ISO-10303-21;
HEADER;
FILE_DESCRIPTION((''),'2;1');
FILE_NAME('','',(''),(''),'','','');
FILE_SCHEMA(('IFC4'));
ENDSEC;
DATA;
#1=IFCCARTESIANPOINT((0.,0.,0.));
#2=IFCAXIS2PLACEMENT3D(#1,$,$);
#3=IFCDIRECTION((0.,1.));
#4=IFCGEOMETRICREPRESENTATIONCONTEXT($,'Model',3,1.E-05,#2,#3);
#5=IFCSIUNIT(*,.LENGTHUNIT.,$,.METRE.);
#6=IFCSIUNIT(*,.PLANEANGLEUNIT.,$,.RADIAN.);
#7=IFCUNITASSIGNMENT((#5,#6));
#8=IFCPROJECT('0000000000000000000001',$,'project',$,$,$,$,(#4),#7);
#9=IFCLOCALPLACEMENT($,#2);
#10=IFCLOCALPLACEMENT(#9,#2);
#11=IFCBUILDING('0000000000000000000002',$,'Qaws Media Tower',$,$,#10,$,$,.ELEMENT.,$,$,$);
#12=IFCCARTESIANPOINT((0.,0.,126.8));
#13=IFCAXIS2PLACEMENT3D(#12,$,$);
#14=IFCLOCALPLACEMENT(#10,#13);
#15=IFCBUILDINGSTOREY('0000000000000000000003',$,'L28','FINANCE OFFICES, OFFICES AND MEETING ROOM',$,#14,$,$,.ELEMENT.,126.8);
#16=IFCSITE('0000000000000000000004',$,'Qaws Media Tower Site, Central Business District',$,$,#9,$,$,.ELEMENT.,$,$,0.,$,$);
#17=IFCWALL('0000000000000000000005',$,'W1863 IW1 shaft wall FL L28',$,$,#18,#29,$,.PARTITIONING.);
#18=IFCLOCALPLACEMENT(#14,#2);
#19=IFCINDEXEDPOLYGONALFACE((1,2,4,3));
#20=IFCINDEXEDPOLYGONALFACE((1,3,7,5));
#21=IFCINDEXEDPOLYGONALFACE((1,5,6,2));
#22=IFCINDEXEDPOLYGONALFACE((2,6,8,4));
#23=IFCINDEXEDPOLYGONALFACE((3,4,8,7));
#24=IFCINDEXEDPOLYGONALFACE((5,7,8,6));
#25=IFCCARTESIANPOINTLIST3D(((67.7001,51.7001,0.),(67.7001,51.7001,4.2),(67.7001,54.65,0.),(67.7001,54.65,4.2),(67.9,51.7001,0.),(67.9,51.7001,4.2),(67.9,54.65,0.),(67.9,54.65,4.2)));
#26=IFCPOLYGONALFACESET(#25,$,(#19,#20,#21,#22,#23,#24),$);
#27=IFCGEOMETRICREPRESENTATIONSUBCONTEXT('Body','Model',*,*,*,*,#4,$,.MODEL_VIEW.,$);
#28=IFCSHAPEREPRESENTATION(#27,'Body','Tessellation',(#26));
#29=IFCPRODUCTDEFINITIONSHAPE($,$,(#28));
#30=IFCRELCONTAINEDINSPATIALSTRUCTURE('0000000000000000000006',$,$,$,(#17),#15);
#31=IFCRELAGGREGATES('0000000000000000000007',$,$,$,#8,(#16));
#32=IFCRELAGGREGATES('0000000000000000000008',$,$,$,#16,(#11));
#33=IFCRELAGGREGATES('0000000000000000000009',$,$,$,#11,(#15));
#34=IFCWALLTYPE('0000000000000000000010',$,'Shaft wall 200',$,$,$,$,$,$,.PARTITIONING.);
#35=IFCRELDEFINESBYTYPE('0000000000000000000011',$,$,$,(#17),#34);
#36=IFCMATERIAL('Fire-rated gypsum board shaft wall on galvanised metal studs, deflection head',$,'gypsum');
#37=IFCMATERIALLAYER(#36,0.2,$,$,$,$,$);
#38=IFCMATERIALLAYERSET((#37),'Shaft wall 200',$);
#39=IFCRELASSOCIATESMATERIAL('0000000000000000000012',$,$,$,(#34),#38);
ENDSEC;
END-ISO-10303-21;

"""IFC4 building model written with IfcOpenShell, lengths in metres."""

from ifc_helpers import new_model, si_unit, direction, frame, frame_2d, origin, place, context, subcontext, project, spatial, rectangle, extrude, material, layer, layer_set, type_object, element, save


model = new_model("IFC4")

# Units and contexts
model_context = context("Model", 3, precision=1e-05, world=origin(), true_north=direction((0.0, 1.0)))
body_context = subcontext(model_context, "Body", "Model", "MODEL_VIEW")
ifc_project = project(units=[si_unit("LENGTHUNIT", "METRE"), si_unit("PLANEANGLEUNIT", "RADIAN")], contexts=[model_context])

# Site, building, storey
site_placement = place(None, origin())
site = spatial("IfcSite", under=ifc_project, at=site_placement, Name="Qaws Media Tower Site, Central Business District", CompositionType="ELEMENT", RefElevation=0.0)
building_placement = place(site_placement, origin())
building = spatial("IfcBuilding", under=site, at=building_placement, Name="Qaws Media Tower", CompositionType="ELEMENT")
storey_placement = place(building_placement, frame((0.0, 0.0, 126.8)))
storey = spatial("IfcBuildingStorey", under=building, at=storey_placement, Name="L28", Description="FINANCE OFFICES, OFFICES AND MEETING ROOM", CompositionType="ELEMENT", Elevation=126.8)

# Wall
ifc_material_1 = material(Name="Fire-rated gypsum board shaft wall on galvanised metal studs, deflection head", Category="gypsum")
ifc_layer_1 = layer(ifc_material_1, 0.2)
ifc_layer_set_1 = layer_set([ifc_layer_1], Name="Shaft wall 200")
wall_type_1 = type_object("IfcWallType", Name="Shaft wall 200", PredefinedType="PARTITIONING", material=ifc_layer_set_1)
wall_1_placement = place(storey_placement, frame((67.8, 51.7, 0.0), z_axis=(0.0, 0.0, 1.0), x_axis=(0.0, 1.0, 0.0)))
element("IfcWall", 1, at=wall_1_placement, inside=storey, type_object=wall_type_1, Name="W1863 IW1 shaft wall FL L28", PredefinedType="PARTITIONING", context=body_context, shape_type="SweptSolid", body=[
    extrude(rectangle(XDim=2.95, YDim=0.2, at=frame_2d((1.4751, 0.0))), origin(), (0.0, 0.0, 1.0), 4.2),
])

save(model, "model.ifc")
